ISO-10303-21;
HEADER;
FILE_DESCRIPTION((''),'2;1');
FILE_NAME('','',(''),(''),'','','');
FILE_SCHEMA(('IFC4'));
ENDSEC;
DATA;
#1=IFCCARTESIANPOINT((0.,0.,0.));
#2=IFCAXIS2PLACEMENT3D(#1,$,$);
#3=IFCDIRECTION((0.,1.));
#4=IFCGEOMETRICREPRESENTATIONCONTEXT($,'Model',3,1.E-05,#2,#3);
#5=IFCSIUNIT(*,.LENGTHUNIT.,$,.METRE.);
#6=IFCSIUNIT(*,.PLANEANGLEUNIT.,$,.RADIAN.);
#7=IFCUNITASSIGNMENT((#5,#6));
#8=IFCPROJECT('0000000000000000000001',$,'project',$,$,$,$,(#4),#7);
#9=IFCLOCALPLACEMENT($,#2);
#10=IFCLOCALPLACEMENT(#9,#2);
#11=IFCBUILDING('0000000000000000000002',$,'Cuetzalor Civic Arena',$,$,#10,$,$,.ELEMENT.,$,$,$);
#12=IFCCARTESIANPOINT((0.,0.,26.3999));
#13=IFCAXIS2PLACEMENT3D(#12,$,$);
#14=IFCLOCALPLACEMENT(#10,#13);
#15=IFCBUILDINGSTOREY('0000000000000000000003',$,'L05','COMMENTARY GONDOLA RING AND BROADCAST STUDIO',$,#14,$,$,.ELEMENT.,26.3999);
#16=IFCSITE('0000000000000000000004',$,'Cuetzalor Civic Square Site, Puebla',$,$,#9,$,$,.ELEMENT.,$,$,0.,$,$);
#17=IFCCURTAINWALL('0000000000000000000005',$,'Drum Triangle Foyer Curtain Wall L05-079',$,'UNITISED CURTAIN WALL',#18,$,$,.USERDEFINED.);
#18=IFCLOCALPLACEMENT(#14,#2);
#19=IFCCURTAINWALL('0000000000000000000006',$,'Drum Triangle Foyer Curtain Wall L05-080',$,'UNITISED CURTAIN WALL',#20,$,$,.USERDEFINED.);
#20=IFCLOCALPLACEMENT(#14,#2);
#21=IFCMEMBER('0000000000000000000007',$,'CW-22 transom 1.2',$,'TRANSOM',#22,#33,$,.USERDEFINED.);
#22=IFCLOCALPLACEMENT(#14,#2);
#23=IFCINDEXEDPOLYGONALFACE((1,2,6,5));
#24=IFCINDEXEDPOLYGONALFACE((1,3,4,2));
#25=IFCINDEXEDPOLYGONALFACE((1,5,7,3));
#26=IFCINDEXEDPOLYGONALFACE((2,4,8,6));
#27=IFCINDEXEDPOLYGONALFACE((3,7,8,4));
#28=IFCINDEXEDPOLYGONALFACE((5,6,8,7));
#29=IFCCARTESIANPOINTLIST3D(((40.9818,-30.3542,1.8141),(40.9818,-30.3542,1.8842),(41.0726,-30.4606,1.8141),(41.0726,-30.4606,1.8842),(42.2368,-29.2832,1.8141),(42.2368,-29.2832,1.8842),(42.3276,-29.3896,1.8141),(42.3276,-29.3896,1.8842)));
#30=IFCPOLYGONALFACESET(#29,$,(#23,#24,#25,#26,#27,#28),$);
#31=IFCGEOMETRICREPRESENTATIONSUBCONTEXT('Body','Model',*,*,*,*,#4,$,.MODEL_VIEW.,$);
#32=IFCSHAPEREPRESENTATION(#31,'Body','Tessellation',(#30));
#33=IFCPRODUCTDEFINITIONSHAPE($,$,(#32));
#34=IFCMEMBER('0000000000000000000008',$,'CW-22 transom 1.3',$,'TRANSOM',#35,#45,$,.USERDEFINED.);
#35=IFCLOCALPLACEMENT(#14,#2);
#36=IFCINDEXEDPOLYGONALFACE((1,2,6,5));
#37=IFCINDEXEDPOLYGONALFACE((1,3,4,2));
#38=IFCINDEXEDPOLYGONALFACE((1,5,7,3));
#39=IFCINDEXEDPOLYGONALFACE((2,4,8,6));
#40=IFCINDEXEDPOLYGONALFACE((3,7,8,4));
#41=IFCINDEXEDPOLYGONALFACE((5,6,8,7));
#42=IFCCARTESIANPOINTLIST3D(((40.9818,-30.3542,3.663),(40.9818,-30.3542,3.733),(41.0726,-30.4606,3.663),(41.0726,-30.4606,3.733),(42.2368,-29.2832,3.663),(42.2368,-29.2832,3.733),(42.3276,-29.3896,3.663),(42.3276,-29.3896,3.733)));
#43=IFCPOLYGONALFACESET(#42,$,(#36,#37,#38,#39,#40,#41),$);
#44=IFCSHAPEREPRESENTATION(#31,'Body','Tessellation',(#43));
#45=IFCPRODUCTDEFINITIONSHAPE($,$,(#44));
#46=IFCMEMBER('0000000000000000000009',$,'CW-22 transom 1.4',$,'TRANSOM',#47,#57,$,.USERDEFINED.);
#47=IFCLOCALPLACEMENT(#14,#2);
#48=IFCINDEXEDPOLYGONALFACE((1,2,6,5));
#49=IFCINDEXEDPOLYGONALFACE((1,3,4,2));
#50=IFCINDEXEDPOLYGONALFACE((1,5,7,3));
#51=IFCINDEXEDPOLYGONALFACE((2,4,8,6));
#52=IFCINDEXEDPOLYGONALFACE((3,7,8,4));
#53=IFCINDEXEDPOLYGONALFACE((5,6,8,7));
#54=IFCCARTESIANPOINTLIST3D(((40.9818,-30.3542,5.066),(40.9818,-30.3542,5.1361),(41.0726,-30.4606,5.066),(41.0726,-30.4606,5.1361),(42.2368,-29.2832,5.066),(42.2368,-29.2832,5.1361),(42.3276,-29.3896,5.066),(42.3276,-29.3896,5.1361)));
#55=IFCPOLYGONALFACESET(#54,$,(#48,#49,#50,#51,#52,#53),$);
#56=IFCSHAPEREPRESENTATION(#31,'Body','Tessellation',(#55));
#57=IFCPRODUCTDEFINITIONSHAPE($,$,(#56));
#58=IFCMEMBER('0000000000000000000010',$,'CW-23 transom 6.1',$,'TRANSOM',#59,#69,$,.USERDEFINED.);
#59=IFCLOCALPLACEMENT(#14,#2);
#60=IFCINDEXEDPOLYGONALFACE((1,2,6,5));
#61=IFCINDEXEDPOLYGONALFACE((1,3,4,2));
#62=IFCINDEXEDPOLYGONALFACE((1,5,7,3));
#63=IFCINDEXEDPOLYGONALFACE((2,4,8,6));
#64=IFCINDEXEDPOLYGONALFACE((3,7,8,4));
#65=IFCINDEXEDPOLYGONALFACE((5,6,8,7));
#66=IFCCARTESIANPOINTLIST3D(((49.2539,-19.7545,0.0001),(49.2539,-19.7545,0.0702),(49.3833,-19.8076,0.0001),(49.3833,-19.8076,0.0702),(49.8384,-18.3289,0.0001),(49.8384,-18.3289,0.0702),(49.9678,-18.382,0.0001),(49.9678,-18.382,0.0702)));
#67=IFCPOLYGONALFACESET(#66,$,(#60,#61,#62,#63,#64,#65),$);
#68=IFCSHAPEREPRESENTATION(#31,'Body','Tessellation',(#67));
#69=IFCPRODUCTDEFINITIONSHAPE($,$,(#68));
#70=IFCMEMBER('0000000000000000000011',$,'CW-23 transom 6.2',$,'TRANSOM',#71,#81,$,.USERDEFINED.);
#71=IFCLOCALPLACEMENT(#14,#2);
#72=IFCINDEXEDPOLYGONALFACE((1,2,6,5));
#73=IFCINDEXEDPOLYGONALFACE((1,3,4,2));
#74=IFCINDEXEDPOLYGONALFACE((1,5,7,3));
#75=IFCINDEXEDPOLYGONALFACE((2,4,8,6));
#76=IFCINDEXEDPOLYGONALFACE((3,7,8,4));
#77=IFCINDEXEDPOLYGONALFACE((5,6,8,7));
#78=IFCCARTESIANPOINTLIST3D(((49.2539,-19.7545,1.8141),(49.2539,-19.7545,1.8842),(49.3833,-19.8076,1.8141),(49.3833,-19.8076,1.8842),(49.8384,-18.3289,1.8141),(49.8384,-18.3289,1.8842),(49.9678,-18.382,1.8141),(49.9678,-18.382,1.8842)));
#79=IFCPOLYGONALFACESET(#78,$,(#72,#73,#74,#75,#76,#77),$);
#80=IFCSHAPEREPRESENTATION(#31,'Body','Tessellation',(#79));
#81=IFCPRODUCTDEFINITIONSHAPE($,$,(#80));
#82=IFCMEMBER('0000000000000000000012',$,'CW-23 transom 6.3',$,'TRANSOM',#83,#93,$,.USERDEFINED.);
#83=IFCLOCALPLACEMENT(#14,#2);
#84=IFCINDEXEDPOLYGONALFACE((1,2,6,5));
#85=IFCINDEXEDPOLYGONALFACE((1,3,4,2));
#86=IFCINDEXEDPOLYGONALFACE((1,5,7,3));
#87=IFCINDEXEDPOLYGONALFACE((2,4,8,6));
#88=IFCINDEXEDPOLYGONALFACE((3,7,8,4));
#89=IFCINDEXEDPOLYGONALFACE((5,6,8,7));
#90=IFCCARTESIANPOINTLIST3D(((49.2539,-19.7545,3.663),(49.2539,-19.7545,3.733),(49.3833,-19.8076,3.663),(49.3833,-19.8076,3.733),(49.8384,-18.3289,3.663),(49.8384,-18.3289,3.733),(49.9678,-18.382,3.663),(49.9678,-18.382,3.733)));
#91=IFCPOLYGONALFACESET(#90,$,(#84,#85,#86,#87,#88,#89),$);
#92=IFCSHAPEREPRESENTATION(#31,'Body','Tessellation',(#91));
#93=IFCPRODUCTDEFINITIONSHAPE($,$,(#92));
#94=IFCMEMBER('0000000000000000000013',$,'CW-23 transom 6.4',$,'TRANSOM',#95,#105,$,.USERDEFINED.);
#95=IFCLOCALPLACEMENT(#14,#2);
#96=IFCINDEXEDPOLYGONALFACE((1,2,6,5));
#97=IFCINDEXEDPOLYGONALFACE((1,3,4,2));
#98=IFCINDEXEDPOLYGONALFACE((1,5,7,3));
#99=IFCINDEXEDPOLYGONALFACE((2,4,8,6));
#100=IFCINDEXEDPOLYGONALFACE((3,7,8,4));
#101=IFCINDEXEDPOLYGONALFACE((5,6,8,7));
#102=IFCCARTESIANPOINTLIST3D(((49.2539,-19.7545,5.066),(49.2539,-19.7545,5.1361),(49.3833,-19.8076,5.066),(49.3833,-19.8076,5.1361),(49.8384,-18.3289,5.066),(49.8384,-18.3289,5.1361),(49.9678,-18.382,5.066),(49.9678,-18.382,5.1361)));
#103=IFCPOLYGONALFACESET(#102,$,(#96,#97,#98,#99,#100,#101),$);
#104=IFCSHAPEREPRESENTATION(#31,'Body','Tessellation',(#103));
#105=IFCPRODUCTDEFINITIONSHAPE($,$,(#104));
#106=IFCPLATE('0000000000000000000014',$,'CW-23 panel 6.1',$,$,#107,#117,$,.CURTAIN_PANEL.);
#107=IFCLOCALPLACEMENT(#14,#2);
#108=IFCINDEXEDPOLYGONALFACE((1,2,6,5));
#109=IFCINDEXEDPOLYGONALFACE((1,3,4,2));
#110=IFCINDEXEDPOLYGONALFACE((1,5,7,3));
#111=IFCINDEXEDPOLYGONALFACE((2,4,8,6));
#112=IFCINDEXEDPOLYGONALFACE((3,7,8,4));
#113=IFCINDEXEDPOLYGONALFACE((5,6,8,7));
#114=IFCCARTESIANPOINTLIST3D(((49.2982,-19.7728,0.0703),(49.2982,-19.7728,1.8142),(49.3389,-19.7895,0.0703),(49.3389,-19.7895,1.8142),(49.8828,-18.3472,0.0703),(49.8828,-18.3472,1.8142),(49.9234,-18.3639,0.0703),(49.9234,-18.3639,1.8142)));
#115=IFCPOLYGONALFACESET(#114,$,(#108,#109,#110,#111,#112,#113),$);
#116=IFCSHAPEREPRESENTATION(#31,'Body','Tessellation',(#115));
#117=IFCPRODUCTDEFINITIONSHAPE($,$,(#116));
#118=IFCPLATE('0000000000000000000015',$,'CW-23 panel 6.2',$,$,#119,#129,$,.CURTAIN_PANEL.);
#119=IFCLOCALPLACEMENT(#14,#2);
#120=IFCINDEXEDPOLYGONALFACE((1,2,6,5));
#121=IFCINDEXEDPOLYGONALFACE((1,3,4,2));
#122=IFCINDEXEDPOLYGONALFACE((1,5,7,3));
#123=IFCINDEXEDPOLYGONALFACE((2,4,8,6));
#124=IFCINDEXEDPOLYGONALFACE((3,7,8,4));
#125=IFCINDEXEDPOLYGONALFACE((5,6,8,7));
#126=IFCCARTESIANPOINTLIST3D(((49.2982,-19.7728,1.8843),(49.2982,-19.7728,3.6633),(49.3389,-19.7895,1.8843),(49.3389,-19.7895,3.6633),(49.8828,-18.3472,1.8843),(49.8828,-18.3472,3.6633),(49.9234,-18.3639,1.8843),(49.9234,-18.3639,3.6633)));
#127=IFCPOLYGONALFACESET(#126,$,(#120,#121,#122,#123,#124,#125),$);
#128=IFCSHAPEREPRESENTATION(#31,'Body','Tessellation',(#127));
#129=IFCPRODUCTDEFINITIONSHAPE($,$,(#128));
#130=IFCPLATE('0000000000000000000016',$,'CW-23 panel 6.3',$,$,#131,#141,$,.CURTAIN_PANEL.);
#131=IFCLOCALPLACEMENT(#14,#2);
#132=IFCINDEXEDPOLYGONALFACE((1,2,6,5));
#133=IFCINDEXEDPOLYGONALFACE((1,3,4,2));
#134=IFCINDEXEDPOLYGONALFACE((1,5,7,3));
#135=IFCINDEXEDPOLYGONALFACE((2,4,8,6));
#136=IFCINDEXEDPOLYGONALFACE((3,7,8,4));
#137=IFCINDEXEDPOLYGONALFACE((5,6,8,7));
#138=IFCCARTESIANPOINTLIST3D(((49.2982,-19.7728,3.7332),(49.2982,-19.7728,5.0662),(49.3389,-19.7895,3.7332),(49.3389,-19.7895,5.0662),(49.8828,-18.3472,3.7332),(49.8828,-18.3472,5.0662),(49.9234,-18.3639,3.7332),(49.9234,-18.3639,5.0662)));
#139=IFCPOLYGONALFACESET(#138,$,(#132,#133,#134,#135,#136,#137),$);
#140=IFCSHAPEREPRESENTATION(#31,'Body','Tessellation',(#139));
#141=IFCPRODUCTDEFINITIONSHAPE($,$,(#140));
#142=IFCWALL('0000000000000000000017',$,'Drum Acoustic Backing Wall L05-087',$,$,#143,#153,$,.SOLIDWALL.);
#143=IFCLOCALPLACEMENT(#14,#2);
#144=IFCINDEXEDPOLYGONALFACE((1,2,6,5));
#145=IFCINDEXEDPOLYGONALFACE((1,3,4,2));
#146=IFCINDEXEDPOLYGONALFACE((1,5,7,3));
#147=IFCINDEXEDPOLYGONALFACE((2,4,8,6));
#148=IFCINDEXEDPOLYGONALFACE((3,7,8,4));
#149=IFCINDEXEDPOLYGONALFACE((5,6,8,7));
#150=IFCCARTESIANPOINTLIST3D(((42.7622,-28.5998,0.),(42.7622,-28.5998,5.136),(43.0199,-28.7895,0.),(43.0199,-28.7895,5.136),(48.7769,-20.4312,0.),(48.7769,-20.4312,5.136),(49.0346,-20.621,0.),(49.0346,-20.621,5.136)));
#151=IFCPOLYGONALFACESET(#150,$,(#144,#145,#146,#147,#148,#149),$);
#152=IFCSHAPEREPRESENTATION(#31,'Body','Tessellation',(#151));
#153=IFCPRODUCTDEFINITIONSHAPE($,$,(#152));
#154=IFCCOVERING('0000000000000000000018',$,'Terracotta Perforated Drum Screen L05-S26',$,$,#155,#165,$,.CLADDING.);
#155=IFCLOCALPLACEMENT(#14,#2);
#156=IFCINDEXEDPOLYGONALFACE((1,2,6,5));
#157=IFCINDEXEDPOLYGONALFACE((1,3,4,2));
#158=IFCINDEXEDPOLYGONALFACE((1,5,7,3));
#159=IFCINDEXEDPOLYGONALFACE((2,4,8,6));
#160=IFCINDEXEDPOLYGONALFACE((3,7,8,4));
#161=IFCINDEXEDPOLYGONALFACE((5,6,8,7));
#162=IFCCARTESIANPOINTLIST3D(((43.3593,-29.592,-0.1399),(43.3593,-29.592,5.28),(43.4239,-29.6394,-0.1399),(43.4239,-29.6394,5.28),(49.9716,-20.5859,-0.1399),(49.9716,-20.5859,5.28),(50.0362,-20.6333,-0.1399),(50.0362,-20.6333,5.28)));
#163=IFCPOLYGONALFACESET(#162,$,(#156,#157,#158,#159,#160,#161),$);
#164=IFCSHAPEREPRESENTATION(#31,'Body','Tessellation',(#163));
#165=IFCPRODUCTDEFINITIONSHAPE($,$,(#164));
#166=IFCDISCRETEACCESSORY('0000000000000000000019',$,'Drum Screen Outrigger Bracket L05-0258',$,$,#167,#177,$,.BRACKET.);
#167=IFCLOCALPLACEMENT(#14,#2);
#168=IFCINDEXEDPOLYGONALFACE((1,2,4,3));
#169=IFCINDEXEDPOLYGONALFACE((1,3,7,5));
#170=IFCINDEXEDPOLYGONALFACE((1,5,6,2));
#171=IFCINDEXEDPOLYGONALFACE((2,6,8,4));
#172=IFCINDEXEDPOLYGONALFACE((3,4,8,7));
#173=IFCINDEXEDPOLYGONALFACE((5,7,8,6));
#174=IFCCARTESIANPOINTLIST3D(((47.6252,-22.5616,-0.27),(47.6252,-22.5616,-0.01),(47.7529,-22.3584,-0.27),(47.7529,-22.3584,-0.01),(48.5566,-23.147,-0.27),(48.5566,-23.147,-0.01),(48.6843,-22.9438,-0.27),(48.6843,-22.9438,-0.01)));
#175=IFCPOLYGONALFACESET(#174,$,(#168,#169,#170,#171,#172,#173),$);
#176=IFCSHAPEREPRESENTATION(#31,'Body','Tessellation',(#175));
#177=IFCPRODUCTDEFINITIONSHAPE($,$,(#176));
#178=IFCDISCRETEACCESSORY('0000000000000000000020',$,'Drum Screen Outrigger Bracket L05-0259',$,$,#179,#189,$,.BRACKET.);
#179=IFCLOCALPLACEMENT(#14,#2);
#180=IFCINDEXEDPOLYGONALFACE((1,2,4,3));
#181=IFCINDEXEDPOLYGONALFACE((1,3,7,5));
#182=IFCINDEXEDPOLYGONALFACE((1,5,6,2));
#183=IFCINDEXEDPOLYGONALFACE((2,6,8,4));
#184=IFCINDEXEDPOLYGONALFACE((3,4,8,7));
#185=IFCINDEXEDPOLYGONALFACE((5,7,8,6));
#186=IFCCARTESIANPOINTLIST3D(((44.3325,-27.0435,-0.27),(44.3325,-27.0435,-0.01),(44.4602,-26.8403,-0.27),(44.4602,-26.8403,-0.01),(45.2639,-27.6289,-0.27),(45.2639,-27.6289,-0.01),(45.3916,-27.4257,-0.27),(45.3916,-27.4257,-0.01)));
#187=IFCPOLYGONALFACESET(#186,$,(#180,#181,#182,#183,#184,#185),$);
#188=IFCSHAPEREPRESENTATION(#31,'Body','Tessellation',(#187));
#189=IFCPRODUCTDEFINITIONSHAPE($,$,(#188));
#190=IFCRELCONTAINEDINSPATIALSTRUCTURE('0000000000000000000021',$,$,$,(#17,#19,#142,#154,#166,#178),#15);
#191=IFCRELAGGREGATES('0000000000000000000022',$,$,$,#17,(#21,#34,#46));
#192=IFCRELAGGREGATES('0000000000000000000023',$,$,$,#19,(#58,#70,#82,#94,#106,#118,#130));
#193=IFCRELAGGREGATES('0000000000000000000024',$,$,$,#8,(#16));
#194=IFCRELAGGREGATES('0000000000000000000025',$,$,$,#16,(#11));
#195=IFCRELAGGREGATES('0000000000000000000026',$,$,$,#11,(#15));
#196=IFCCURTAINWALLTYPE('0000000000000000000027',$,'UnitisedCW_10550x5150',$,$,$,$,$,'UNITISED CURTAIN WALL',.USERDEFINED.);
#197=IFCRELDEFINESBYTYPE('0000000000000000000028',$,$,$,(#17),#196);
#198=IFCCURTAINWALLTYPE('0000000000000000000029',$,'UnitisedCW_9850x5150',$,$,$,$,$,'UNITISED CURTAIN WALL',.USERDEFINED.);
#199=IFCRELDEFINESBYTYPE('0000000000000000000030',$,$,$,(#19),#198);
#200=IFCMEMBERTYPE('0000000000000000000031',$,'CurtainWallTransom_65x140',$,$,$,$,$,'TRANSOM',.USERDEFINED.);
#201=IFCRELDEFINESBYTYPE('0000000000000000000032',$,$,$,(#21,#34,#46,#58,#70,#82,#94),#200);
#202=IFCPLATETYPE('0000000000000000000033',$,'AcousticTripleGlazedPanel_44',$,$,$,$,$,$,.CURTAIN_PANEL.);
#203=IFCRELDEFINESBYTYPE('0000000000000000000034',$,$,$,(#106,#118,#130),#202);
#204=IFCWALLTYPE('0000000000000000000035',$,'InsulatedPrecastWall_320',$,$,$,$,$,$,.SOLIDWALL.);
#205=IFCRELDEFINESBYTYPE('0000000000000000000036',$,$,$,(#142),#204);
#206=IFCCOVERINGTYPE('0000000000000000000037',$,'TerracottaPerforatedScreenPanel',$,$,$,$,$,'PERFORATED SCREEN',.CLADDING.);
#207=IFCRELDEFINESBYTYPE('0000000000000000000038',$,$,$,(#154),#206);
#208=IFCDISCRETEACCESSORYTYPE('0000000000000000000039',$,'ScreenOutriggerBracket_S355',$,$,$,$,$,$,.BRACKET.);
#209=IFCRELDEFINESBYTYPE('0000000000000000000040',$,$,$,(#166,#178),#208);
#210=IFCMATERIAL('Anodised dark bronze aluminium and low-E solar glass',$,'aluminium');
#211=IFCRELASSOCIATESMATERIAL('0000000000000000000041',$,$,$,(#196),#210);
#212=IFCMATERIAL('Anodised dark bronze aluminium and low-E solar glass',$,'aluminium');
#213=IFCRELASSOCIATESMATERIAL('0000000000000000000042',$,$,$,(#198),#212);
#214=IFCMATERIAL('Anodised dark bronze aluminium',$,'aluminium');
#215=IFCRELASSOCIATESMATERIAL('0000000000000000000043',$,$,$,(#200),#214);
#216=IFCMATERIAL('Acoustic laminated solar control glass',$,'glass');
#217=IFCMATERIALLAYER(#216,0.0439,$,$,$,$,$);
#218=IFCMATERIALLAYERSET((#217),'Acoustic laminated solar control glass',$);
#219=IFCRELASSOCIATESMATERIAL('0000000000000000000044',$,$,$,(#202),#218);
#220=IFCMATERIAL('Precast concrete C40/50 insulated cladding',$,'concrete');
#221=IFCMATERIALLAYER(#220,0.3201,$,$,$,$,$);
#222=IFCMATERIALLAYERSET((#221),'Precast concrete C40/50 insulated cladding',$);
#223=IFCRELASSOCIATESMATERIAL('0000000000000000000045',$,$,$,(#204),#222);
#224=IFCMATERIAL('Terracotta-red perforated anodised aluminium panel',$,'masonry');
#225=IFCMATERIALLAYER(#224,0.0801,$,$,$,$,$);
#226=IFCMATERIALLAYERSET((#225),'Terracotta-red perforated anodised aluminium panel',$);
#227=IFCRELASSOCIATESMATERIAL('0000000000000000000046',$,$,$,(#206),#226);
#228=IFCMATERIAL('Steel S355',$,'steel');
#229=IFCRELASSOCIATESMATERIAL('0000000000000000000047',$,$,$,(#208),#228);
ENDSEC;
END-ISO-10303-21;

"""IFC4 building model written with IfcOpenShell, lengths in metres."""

from ifc_helpers import new_model, si_unit, direction, frame, frame_2d, origin, origin_2d, place, context, subcontext, project, spatial, rectangle, extrude, material, layer, layer_set, material_profile, profile_set, type_object, element, aggregate, save


model = new_model("IFC4")

# Units and contexts
model_context = context("Model", 3, precision=1e-05, world=origin(), true_north=direction((0.0, 1.0)))
body_context = subcontext(model_context, "Body", "Model", "MODEL_VIEW")
ifc_project = project(units=[si_unit("LENGTHUNIT", "METRE"), si_unit("PLANEANGLEUNIT", "RADIAN")], contexts=[model_context])

# Site, building, storey
site_placement = place(None, origin())
site = spatial("IfcSite", under=ifc_project, at=site_placement, Name="Cuetzalor Civic Square Site, Puebla", CompositionType="ELEMENT", RefElevation=0.0)
building_placement = place(site_placement, origin())
building = spatial("IfcBuilding", under=site, at=building_placement, Name="Cuetzalor Civic Arena", CompositionType="ELEMENT")
storey_placement = place(building_placement, frame((0.0, 0.0, 26.3999)))
storey = spatial("IfcBuildingStorey", under=building, at=storey_placement, Name="L05", Description="COMMENTARY GONDOLA RING AND BROADCAST STUDIO", CompositionType="ELEMENT", Elevation=26.3999)

# Curtain walls
ifc_material_1 = material(Name="Anodised dark bronze aluminium and low-E solar glass", Category="aluminium")
curtain_wall_type_1 = type_object("IfcCurtainWallType", Name="UnitisedCW_10550x5150", ElementType="UNITISED CURTAIN WALL", PredefinedType="USERDEFINED", material=ifc_material_1)
curtain_wall_1_placement = place(storey_placement, origin())
curtain_wall_1 = element("IfcCurtainWall", 1, at=curtain_wall_1_placement, inside=storey, type_object=curtain_wall_type_1, Name="Drum Triangle Foyer Curtain Wall L05-079", ObjectType="UNITISED CURTAIN WALL", PredefinedType="USERDEFINED")
ifc_material_2 = material(Name="Anodised dark bronze aluminium and low-E solar glass", Category="aluminium")
curtain_wall_type_2 = type_object("IfcCurtainWallType", Name="UnitisedCW_9850x5150", ElementType="UNITISED CURTAIN WALL", PredefinedType="USERDEFINED", material=ifc_material_2)
curtain_wall_2_placement = place(storey_placement, origin())
curtain_wall_2 = element("IfcCurtainWall", 2, at=curtain_wall_2_placement, inside=storey, type_object=curtain_wall_type_2, Name="Drum Triangle Foyer Curtain Wall L05-080", ObjectType="UNITISED CURTAIN WALL", PredefinedType="USERDEFINED")

# Members
ifc_material_3 = material(Name="Anodised dark bronze aluminium", Category="aluminium")
ifc_material_profile_1 = material_profile(ifc_material_3, rectangle(XDim=0.1399, YDim=0.0701, at=origin_2d()), Name="ALU TRANSOM 70x140")
ifc_profile_set_1 = profile_set([ifc_material_profile_1], Name="Anodised dark bronze aluminium")
member_type_1 = type_object("IfcMemberType", Name="CurtainWallTransom_65x140", ElementType="TRANSOM", PredefinedType="USERDEFINED", material=ifc_profile_set_1)
member_1_placement = place(storey_placement, frame((42.2822, -29.3364, 1.8491), z_axis=(-0.760686, -0.64912, 0.0), x_axis=(0.64912, -0.760686, 0.0)))
member_1 = element("IfcMember", 3, at=member_1_placement, type_object=member_type_1, Name="CW-22 transom 1.2", ObjectType="TRANSOM", PredefinedType="USERDEFINED", context=body_context, shape_type="SweptSolid", body=[
    extrude(rectangle(XDim=0.1399, YDim=0.0701, at=origin_2d()), origin(), (0.0, 0.0, 1.0), 1.6499),
])
member_2_placement = place(storey_placement, frame((42.2822, -29.3364, 3.698), z_axis=(-0.760686, -0.64912, 0.0), x_axis=(0.64912, -0.760686, 0.0)))
member_2 = element("IfcMember", 4, at=member_2_placement, type_object=member_type_1, Name="CW-22 transom 1.3", ObjectType="TRANSOM", PredefinedType="USERDEFINED", context=body_context, shape_type="SweptSolid", body=[
    extrude(rectangle(XDim=0.1399, YDim=0.0701, at=origin_2d()), origin(), (0.0, 0.0, 1.0), 1.6499),
])
member_3_placement = place(storey_placement, frame((42.2822, -29.3364, 5.1011), z_axis=(-0.760686, -0.64912, 0.0), x_axis=(0.64912, -0.760686, 0.0)))
member_3 = element("IfcMember", 5, at=member_3_placement, type_object=member_type_1, Name="CW-22 transom 1.4", ObjectType="TRANSOM", PredefinedType="USERDEFINED", context=body_context, shape_type="SweptSolid", body=[
    extrude(rectangle(XDim=0.1399, YDim=0.0701, at=origin_2d()), origin(), (0.0, 0.0, 1.0), 1.6499),
])
aggregate(curtain_wall_1, [member_1, member_2, member_3])
member_4_placement = place(storey_placement, frame((49.9031, -18.3555, 0.0352), z_axis=(-0.379355, -0.925251, 0.0), x_axis=(0.925251, -0.379355, 0.0)))
member_4 = element("IfcMember", 6, at=member_4_placement, type_object=member_type_1, Name="CW-23 transom 6.1", ObjectType="TRANSOM", PredefinedType="USERDEFINED", context=body_context, shape_type="SweptSolid", body=[
    extrude(rectangle(XDim=0.1399, YDim=0.0701, at=origin_2d()), origin(), (0.0, 0.0, 1.0), 1.5408),
])
member_5_placement = place(storey_placement, frame((49.9031, -18.3555, 1.8491), z_axis=(-0.379355, -0.925251, 0.0), x_axis=(0.925251, -0.379355, 0.0)))
member_5 = element("IfcMember", 7, at=member_5_placement, type_object=member_type_1, Name="CW-23 transom 6.2", ObjectType="TRANSOM", PredefinedType="USERDEFINED", context=body_context, shape_type="SweptSolid", body=[
    extrude(rectangle(XDim=0.1399, YDim=0.0701, at=origin_2d()), origin(), (0.0, 0.0, 1.0), 1.5408),
])
member_6_placement = place(storey_placement, frame((49.9031, -18.3555, 3.698), z_axis=(-0.379355, -0.925251, 0.0), x_axis=(0.925251, -0.379355, 0.0)))
member_6 = element("IfcMember", 8, at=member_6_placement, type_object=member_type_1, Name="CW-23 transom 6.3", ObjectType="TRANSOM", PredefinedType="USERDEFINED", context=body_context, shape_type="SweptSolid", body=[
    extrude(rectangle(XDim=0.1399, YDim=0.0701, at=origin_2d()), origin(), (0.0, 0.0, 1.0), 1.5408),
])
member_7_placement = place(storey_placement, frame((49.9031, -18.3555, 5.1011), z_axis=(-0.379355, -0.925251, 0.0), x_axis=(0.925251, -0.379355, 0.0)))
member_7 = element("IfcMember", 9, at=member_7_placement, type_object=member_type_1, Name="CW-23 transom 6.4", ObjectType="TRANSOM", PredefinedType="USERDEFINED", context=body_context, shape_type="SweptSolid", body=[
    extrude(rectangle(XDim=0.1399, YDim=0.0701, at=origin_2d()), origin(), (0.0, 0.0, 1.0), 1.5408),
])

# Plates
ifc_material_4 = material(Name="Acoustic laminated solar control glass", Category="glass")
ifc_layer_1 = layer(ifc_material_4, 0.0439)
ifc_layer_set_1 = layer_set([ifc_layer_1], Name="Acoustic laminated solar control glass")
plate_type = type_object("IfcPlateType", Name="AcousticTripleGlazedPanel_44", PredefinedType="CURTAIN_PANEL", material=ifc_layer_set_1)
plate_1_placement = place(storey_placement, frame((49.6108, -19.0684, 0.0703), z_axis=(0.0, 0.0, 1.0), x_axis=(-0.379391, -0.925236, 0.0)))
plate_1 = element("IfcPlate", 10, at=plate_1_placement, type_object=plate_type, Name="CW-23 panel 6.1", PredefinedType="CURTAIN_PANEL", context=body_context, shape_type="SweptSolid", body=[
    extrude(rectangle(XDim=1.5408, YDim=0.0439, at=origin_2d()), origin(), (0.0, 0.0, 1.0), 1.7439),
])
plate_2_placement = place(storey_placement, frame((49.6108, -19.0684, 1.8843), z_axis=(0.0, 0.0, 1.0), x_axis=(-0.379391, -0.925236, 0.0)))
plate_2 = element("IfcPlate", 11, at=plate_2_placement, type_object=plate_type, Name="CW-23 panel 6.2", PredefinedType="CURTAIN_PANEL", context=body_context, shape_type="SweptSolid", body=[
    extrude(rectangle(XDim=1.5408, YDim=0.0439, at=origin_2d()), origin(), (0.0, 0.0, 1.0), 1.7791),
])
plate_3_placement = place(storey_placement, frame((49.6108, -19.0684, 3.7332), z_axis=(0.0, 0.0, 1.0), x_axis=(-0.379391, -0.925236, 0.0)))
plate_3 = element("IfcPlate", 12, at=plate_3_placement, type_object=plate_type, Name="CW-23 panel 6.3", PredefinedType="CURTAIN_PANEL", context=body_context, shape_type="SweptSolid", body=[
    extrude(rectangle(XDim=1.5408, YDim=0.0439, at=origin_2d()), origin(), (0.0, 0.0, 1.0), 1.333),
])
aggregate(curtain_wall_2, [member_4, member_5, member_6, member_7, plate_1, plate_2, plate_3])

# Wall
ifc_material_5 = material(Name="Precast concrete C40/50 insulated cladding", Category="concrete")
ifc_layer_2 = layer(ifc_material_5, 0.3201)
ifc_layer_set_2 = layer_set([ifc_layer_2], Name="Precast concrete C40/50 insulated cladding")
wall_type = type_object("IfcWallType", Name="InsulatedPrecastWall_320", PredefinedType="SOLIDWALL", material=ifc_layer_set_2)
wall_placement = place(storey_placement, frame((48.9058, -20.5261, 0.0), z_axis=(0.0, 0.0, 1.0), x_axis=(-0.59293, -0.805254, 0.0)))
element("IfcWall", 13, at=wall_placement, inside=storey, type_object=wall_type, Name="Drum Acoustic Backing Wall L05-087", PredefinedType="SOLIDWALL", context=body_context, shape_type="SweptSolid", body=[
    extrude(rectangle(XDim=10.144, YDim=0.3201, at=frame_2d((5.072, 0.0))), origin(), (0.0, 0.0, 1.0), 5.136),
])

# Covering
ifc_material_6 = material(Name="Terracotta-red perforated anodised aluminium panel", Category="masonry")
ifc_layer_3 = layer(ifc_material_6, 0.0801)
ifc_layer_set_3 = layer_set([ifc_layer_3], Name="Terracotta-red perforated anodised aluminium panel")
covering_type = type_object("IfcCoveringType", Name="TerracottaPerforatedScreenPanel", ElementType="PERFORATED SCREEN", PredefinedType="CLADDING", material=ifc_layer_set_3)
covering_placement = place(storey_placement, frame((50.0039, -20.6096, -0.1399), z_axis=(0.0, 0.0, 1.0), x_axis=(-0.591819, -0.806071, 0.0)))
element("IfcCovering", 14, at=covering_placement, inside=storey, type_object=covering_type, Name="Terracotta Perforated Drum Screen L05-S26", PredefinedType="CLADDING", context=body_context, shape_type="SweptSolid", body=[
    extrude(rectangle(XDim=11.1729, YDim=0.0801, at=frame_2d((5.5864, 0.0))), origin(), (0.0, 0.0, 1.0), 5.4199),
])

# Discrete accessories
ifc_material_7 = material(Name="Steel S355", Category="steel")
discrete_accessory_type = type_object("IfcDiscreteAccessoryType", Name="ScreenOutriggerBracket_S355", PredefinedType="BRACKET", material=ifc_material_7)
for number, where, z_axis, x_axis, name in (
    (15, (48.1548, -22.7527, -0.27), (0.0, 0.0, 1.0), (0.846658, -0.532138, 0.0), "Drum Screen Outrigger Bracket L05-0258"),
    (16, (44.8621, -27.2346, -0.27), (0.0, 0.0, 1.0), (0.846658, -0.532138, 0.0), "Drum Screen Outrigger Bracket L05-0259"),
):
    element("IfcDiscreteAccessory", number, at=place(storey_placement, frame(where, z_axis=z_axis, x_axis=x_axis)), inside=storey, type_object=discrete_accessory_type, Name=name, PredefinedType="BRACKET", context=body_context, shape_type="SweptSolid", body=[
        extrude(rectangle(XDim=1.1001, YDim=0.24, at=origin_2d()), origin(), (0.0, 0.0, 1.0), 0.26),
    ])

save(model, "model.ifc")
